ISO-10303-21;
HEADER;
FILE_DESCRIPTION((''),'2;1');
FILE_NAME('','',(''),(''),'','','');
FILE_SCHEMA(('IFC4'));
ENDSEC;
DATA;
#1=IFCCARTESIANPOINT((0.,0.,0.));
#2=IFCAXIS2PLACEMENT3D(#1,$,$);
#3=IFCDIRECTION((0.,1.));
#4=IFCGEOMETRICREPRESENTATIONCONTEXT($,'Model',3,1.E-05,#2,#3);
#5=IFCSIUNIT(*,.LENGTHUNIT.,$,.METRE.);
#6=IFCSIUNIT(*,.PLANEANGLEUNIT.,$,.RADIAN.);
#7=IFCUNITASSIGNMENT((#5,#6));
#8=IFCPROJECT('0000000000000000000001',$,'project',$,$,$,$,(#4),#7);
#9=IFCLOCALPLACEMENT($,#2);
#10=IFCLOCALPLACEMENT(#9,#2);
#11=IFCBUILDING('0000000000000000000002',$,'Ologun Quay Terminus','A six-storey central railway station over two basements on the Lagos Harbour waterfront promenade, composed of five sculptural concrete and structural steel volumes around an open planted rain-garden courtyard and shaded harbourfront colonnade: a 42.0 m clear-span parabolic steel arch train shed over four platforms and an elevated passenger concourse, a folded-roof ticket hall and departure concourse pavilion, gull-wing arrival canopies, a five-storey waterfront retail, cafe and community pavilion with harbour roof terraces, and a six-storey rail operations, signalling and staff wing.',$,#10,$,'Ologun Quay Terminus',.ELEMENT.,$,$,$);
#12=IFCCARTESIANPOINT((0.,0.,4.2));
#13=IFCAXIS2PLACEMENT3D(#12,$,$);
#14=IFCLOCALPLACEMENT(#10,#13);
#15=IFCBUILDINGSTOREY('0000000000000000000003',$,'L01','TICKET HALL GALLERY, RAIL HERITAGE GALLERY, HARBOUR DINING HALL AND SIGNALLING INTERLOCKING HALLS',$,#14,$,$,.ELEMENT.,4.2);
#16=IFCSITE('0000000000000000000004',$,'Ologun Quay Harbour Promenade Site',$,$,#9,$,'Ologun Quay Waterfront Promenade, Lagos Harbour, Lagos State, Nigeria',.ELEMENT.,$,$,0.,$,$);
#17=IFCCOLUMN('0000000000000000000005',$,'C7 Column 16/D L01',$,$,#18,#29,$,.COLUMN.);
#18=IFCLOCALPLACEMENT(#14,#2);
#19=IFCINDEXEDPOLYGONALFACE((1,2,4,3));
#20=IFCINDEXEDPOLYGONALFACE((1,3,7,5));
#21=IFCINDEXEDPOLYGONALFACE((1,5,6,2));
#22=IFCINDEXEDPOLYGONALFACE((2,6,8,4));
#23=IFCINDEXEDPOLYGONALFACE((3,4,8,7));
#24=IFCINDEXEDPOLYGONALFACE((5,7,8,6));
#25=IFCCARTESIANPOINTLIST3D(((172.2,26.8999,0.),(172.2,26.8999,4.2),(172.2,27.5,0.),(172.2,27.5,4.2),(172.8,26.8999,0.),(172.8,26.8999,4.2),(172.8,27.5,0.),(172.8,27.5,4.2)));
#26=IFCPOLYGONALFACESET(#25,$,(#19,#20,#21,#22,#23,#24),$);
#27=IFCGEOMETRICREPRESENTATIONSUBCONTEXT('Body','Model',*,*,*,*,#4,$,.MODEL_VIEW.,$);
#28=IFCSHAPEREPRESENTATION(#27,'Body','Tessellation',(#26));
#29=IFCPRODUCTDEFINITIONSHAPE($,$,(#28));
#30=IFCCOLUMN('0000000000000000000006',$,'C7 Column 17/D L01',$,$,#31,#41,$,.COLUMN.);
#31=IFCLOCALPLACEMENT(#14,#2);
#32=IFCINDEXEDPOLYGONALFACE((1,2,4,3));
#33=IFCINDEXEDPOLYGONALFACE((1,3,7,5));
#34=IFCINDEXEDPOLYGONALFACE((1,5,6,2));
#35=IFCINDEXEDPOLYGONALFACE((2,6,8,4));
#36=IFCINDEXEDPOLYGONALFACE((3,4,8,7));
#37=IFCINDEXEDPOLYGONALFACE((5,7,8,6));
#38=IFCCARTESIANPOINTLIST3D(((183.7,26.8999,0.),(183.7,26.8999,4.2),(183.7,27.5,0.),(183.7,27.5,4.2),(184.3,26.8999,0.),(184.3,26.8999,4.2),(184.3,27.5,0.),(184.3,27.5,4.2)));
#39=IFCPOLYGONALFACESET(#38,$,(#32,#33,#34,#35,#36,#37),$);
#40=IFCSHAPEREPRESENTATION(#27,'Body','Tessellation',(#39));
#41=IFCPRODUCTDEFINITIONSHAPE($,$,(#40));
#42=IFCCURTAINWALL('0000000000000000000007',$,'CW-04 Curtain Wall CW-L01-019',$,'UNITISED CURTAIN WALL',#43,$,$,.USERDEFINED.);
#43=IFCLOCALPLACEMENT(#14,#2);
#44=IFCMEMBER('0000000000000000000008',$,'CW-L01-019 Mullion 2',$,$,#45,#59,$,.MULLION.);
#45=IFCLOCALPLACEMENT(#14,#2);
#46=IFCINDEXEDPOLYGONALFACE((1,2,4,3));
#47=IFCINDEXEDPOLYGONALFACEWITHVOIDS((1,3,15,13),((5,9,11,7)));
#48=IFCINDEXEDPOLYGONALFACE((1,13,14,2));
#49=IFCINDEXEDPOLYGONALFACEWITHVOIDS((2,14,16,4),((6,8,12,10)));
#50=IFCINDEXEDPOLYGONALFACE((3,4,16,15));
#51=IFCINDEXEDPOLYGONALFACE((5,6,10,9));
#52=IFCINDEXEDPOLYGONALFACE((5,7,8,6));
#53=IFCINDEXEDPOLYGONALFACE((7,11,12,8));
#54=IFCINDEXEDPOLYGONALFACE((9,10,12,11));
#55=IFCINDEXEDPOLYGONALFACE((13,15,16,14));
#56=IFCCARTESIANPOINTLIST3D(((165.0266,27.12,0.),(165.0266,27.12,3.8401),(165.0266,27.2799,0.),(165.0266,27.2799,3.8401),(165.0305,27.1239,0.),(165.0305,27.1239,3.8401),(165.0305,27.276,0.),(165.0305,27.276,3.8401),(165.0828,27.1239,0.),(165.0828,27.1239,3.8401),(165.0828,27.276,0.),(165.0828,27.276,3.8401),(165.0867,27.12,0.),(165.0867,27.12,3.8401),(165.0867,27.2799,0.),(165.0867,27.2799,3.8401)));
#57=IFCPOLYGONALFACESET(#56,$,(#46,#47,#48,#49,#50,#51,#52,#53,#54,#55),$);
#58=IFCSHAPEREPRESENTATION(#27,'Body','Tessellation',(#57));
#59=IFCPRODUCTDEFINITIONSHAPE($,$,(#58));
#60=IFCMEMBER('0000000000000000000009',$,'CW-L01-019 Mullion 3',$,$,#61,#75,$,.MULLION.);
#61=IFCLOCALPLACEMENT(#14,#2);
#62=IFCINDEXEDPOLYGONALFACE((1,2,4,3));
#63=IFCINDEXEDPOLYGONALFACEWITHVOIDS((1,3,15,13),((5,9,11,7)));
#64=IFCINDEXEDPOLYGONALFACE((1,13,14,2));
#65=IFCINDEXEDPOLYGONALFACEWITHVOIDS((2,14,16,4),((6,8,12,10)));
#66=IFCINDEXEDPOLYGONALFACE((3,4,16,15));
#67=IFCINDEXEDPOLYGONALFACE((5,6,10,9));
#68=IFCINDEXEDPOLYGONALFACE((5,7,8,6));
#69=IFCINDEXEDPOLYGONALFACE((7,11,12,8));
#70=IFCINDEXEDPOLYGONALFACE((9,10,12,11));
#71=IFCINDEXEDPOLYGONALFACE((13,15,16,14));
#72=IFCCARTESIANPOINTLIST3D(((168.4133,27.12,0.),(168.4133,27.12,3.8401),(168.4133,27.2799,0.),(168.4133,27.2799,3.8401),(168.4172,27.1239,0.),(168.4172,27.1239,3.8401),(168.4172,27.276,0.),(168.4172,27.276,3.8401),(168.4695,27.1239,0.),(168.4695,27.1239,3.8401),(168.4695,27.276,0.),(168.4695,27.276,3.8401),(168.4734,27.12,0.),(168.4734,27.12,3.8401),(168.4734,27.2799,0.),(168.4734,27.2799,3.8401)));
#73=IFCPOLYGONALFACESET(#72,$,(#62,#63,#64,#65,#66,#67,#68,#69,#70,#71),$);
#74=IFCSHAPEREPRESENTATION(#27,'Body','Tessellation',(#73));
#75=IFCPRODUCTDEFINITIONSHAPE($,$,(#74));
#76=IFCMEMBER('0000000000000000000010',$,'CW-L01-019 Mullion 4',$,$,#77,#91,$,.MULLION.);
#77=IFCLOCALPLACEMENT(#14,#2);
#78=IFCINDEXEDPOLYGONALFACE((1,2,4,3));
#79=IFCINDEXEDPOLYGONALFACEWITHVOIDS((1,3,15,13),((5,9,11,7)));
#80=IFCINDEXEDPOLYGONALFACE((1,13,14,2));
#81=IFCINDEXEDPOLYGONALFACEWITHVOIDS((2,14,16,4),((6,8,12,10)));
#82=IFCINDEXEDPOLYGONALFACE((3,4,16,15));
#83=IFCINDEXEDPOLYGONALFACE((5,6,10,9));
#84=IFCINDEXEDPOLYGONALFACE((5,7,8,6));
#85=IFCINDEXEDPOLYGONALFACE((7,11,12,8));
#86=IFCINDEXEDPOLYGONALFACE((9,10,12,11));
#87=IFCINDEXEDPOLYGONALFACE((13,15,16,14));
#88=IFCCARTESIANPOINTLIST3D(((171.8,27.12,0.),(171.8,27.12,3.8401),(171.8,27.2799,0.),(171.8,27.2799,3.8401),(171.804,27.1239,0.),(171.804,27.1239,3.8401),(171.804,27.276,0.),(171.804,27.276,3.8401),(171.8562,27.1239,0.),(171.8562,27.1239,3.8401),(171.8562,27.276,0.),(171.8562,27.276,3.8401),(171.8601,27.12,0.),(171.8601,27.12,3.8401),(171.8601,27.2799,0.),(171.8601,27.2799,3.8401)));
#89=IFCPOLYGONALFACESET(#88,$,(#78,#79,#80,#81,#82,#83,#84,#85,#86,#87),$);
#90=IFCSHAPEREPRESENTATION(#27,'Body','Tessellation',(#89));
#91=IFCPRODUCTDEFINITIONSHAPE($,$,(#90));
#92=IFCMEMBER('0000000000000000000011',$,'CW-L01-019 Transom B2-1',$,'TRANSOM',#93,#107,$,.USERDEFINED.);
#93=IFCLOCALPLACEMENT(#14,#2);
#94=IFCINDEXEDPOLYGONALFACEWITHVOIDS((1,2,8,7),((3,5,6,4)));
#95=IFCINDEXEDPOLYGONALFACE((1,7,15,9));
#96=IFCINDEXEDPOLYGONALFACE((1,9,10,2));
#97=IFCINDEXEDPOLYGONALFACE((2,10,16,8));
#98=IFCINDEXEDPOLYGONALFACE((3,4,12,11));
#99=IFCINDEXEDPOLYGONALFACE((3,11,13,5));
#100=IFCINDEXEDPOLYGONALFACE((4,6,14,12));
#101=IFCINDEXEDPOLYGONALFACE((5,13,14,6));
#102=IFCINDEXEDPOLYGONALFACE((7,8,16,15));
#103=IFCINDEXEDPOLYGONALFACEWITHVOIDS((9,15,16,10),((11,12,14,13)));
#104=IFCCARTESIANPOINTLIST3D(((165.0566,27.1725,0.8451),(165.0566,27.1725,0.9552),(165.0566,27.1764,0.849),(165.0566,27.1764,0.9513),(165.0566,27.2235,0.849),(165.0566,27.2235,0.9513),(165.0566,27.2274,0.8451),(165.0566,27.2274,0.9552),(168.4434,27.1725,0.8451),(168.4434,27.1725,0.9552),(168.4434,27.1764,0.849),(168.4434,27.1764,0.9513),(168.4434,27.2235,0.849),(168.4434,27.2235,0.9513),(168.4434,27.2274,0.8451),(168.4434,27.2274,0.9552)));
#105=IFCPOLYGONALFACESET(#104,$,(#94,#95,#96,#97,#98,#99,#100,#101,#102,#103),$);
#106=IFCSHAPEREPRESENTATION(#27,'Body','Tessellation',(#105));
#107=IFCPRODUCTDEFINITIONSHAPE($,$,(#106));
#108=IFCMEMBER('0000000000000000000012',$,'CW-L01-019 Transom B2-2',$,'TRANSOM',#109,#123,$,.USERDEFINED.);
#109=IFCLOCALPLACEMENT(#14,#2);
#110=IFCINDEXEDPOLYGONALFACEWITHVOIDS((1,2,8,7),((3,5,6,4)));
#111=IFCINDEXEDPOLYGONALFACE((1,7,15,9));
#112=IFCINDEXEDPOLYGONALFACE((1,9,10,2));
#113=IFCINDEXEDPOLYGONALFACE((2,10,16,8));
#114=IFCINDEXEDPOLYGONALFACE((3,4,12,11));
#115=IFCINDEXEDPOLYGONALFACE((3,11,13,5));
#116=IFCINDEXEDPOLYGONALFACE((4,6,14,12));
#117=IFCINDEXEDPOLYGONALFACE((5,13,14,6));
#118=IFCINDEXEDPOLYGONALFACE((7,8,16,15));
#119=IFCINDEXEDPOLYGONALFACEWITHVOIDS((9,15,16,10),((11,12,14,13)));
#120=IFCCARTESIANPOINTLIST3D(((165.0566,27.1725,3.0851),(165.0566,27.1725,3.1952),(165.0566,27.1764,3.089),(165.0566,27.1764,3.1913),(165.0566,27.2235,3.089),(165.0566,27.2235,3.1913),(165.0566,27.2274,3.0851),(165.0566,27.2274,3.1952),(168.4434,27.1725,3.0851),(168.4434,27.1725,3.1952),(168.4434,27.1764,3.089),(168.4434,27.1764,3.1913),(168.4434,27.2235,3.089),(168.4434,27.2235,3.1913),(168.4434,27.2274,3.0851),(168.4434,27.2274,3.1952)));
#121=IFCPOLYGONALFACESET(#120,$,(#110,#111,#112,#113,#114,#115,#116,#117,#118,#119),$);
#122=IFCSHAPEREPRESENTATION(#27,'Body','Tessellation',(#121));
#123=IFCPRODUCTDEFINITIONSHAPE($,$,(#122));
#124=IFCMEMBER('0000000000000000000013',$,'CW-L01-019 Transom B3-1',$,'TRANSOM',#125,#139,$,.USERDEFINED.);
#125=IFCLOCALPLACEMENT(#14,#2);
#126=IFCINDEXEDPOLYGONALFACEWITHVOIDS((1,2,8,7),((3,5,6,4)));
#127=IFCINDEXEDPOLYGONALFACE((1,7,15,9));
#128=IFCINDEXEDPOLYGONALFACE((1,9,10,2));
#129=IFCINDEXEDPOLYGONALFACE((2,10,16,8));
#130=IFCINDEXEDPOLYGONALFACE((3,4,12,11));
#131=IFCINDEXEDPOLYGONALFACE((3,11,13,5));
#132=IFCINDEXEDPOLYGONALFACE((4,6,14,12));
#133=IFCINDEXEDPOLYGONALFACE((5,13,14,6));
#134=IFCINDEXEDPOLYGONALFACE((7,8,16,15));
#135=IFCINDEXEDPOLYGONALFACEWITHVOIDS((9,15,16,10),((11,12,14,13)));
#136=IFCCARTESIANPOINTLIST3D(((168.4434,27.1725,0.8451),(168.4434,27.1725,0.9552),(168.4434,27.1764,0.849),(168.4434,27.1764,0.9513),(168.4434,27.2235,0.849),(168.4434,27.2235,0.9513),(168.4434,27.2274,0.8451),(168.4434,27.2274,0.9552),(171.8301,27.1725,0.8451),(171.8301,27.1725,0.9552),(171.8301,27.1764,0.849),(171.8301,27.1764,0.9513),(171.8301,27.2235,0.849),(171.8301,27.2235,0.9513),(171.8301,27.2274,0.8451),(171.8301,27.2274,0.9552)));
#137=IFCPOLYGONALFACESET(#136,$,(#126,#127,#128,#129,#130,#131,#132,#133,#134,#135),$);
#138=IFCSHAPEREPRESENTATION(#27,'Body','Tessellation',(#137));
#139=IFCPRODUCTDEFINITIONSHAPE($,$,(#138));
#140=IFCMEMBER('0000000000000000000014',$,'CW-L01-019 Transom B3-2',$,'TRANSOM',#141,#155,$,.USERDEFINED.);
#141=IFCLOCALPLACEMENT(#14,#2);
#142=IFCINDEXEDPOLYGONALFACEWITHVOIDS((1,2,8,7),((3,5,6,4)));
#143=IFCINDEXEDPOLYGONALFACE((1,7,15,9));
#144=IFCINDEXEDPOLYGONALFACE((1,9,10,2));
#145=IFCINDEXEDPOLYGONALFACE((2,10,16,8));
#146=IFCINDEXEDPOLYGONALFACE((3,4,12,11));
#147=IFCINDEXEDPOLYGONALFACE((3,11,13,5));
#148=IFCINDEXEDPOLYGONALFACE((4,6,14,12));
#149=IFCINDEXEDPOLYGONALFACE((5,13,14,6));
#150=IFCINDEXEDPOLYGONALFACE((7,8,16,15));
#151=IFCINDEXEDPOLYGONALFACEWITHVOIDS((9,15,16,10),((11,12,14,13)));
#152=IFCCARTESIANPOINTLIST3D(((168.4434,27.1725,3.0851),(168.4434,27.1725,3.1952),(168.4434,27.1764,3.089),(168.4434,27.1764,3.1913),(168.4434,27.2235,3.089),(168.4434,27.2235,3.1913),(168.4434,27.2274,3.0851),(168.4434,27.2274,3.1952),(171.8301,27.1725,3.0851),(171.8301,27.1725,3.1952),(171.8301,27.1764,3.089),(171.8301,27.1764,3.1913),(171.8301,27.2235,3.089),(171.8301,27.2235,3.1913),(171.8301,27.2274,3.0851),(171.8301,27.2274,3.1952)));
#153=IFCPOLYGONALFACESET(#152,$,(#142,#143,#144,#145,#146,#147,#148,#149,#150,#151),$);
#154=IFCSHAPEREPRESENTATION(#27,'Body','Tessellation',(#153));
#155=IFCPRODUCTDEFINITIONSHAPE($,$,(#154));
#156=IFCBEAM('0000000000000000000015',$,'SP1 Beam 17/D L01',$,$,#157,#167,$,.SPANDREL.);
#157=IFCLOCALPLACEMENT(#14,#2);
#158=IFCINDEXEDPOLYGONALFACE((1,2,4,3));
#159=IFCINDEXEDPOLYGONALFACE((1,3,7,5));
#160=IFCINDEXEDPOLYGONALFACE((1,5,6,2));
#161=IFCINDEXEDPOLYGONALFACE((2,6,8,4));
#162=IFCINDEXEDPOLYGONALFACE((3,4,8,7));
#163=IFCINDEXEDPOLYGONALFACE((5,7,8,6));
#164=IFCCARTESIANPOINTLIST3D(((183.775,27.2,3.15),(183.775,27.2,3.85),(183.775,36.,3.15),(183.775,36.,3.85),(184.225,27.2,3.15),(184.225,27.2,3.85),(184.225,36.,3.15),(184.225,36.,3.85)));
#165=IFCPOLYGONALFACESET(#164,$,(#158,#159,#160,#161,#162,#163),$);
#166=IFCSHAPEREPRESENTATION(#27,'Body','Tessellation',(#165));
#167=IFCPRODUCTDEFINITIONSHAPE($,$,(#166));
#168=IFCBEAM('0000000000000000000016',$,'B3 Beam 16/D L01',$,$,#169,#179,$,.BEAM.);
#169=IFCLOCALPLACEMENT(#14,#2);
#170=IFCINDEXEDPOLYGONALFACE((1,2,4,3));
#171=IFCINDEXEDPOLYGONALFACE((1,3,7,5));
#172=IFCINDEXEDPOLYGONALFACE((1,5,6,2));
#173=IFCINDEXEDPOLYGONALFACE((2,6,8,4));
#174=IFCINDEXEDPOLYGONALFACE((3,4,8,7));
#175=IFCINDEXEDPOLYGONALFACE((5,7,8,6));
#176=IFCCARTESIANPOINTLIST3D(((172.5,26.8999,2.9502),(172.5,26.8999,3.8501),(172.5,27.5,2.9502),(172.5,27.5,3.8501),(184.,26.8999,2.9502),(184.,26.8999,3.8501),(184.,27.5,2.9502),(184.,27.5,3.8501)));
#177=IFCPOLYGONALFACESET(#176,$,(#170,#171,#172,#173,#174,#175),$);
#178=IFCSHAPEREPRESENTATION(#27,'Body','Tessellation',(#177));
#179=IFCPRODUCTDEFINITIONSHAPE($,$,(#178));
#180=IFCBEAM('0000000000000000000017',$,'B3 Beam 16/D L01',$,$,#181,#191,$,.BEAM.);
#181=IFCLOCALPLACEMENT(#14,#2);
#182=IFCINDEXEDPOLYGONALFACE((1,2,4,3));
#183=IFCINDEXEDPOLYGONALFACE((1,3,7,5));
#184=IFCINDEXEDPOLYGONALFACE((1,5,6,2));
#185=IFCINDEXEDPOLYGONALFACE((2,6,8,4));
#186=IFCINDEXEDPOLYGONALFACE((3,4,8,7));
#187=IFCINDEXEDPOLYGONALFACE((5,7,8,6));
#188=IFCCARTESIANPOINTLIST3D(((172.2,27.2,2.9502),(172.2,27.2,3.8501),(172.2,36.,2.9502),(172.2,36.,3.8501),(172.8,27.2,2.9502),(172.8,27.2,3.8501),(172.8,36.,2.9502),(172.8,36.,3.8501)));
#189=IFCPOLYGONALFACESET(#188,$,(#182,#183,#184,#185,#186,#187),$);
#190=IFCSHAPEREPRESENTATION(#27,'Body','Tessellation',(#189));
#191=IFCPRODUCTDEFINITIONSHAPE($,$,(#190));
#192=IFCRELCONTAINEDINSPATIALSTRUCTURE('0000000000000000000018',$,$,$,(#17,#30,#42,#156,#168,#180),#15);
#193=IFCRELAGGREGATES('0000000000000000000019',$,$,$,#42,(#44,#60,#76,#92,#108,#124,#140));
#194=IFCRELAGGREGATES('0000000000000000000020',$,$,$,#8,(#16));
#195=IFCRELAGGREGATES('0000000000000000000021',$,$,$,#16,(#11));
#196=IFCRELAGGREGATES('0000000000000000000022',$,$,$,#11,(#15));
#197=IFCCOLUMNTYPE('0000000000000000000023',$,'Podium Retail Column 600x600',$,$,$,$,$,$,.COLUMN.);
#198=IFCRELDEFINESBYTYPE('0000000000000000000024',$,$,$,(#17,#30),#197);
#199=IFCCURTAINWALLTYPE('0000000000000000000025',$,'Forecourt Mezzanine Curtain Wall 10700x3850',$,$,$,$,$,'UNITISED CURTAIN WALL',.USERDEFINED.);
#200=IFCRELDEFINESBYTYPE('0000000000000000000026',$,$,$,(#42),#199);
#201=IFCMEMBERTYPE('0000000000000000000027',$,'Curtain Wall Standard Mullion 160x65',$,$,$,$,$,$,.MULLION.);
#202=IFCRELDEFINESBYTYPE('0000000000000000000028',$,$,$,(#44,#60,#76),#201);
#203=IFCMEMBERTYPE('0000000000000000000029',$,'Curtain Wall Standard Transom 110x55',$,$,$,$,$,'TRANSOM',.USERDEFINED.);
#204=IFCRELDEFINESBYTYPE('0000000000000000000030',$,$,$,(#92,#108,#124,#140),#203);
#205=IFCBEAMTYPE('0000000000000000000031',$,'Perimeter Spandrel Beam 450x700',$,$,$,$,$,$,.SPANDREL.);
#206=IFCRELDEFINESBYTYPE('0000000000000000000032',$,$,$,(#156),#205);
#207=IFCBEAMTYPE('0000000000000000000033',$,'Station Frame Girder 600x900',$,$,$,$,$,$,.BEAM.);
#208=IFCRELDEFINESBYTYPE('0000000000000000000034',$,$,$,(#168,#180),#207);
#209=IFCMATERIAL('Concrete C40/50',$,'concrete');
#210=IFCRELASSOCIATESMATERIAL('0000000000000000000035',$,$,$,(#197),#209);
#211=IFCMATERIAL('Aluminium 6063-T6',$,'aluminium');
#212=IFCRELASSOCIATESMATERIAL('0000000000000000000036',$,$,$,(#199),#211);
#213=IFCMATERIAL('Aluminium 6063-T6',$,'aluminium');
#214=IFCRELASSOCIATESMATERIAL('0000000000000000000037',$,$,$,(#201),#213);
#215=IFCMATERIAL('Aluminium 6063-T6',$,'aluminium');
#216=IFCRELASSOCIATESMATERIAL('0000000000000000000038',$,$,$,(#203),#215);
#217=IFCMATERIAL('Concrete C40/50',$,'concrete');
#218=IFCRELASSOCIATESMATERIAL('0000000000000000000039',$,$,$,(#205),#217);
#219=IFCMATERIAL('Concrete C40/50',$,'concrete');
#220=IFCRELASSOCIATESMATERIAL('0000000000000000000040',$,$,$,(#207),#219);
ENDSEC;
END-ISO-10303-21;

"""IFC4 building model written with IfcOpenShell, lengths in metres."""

from ifc_helpers import new_model, si_unit, direction, frame, origin, origin_2d, place, context, subcontext, project, spatial, rectangle, hollow_rectangle, extrude, material, material_profile, profile_set, type_object, element, aggregate, save


model = new_model("IFC4")

# Units and contexts
model_context = context("Model", 3, precision=1e-05, world=origin(), true_north=direction((0.0, 1.0)))
body_context = subcontext(model_context, "Body", "Model", "MODEL_VIEW")
ifc_project = project(units=[si_unit("LENGTHUNIT", "METRE"), si_unit("PLANEANGLEUNIT", "RADIAN")], contexts=[model_context])

# Site, building, storey
site_placement = place(None, origin())
site = spatial("IfcSite", under=ifc_project, at=site_placement, Name="Ologun Quay Harbour Promenade Site", LongName="Ologun Quay Waterfront Promenade, Lagos Harbour, Lagos State, Nigeria", CompositionType="ELEMENT", RefElevation=0.0)
building_placement = place(site_placement, origin())
building = spatial("IfcBuilding", under=site, at=building_placement, Name="Ologun Quay Terminus", Description="A six-storey central railway station over two basements on the Lagos Harbour waterfront promenade, composed of five sculptural concrete and structural steel volumes around an open planted rain-garden courtyard and shaded harbourfront colonnade: a 42.0 m clear-span parabolic steel arch train shed over four platforms and an elevated passenger concourse, a folded-roof ticket hall and departure concourse pavilion, gull-wing arrival canopies, a five-storey waterfront retail, cafe and community pavilion with harbour roof terraces, and a six-storey rail operations, signalling and staff wing.", LongName="Ologun Quay Terminus", CompositionType="ELEMENT")
storey_placement = place(building_placement, frame((0.0, 0.0, 4.2)))
storey = spatial("IfcBuildingStorey", under=building, at=storey_placement, Name="L01", Description="TICKET HALL GALLERY, RAIL HERITAGE GALLERY, HARBOUR DINING HALL AND SIGNALLING INTERLOCKING HALLS", CompositionType="ELEMENT", Elevation=4.2)

# Columns
ifc_material_1 = material(Name="Concrete C40/50", Category="concrete")
ifc_material_profile_1 = material_profile(ifc_material_1, rectangle(XDim=0.6001, YDim=0.6001, at=origin_2d()), Name="RC 600x600")
ifc_profile_set_1 = profile_set([ifc_material_profile_1], Name="Concrete C40/50")
column_type = type_object("IfcColumnType", Name="Podium Retail Column 600x600", PredefinedType="COLUMN", material=ifc_profile_set_1)
for number, where, z_axis, x_axis, name in (
    (1, (172.5, 27.2, 0.0), (0.0, 0.0, 1.0), (1.0, 0.0, 0.0), "C7 Column 16/D L01"),
    (2, (184.0, 27.2, 0.0), (0.0, 0.0, 1.0), (1.0, 0.0, 0.0), "C7 Column 17/D L01"),
):
    element("IfcColumn", number, at=place(storey_placement, frame(where, z_axis=z_axis, x_axis=x_axis)), inside=storey, type_object=column_type, Name=name, PredefinedType="COLUMN", context=body_context, shape_type="SweptSolid", body=[
        extrude(rectangle(XDim=0.6001, YDim=0.6001, at=origin_2d()), origin(), (0.0, 0.0, 1.0), 4.2),
    ])

# Curtain wall, members
ifc_material_2 = material(Name="Aluminium 6063-T6", Category="aluminium")
curtain_wall_type = type_object("IfcCurtainWallType", Name="Forecourt Mezzanine Curtain Wall 10700x3850", ElementType="UNITISED CURTAIN WALL", PredefinedType="USERDEFINED", material=ifc_material_2)
curtain_wall_placement = place(storey_placement, origin())
curtain_wall = element("IfcCurtainWall", 3, at=curtain_wall_placement, inside=storey, type_object=curtain_wall_type, Name="CW-04 Curtain Wall CW-L01-019", ObjectType="UNITISED CURTAIN WALL", PredefinedType="USERDEFINED")
ifc_material_3 = material(Name="Aluminium 6063-T6", Category="aluminium")
ifc_material_profile_2 = material_profile(ifc_material_3, hollow_rectangle(XDim=0.0601, YDim=0.1599, WallThickness=0.0039, at=origin_2d()), Name="ALU 160x60x4")
ifc_profile_set_2 = profile_set([ifc_material_profile_2], Name="Aluminium 6063-T6")
member_type_1 = type_object("IfcMemberType", Name="Curtain Wall Standard Mullion 160x65", PredefinedType="MULLION", material=ifc_profile_set_2)
member_1_placement = place(storey_placement, frame((165.0566, 27.2, 0.0), z_axis=(0.0, 0.0, 1.0), x_axis=(1.0, 0.0, 0.0)))
member_1 = element("IfcMember", 4, at=member_1_placement, type_object=member_type_1, Name="CW-L01-019 Mullion 2", PredefinedType="MULLION", context=body_context, shape_type="SweptSolid", body=[
    extrude(hollow_rectangle(XDim=0.0601, YDim=0.1599, WallThickness=0.0039, at=origin_2d()), origin(), (0.0, 0.0, 1.0), 3.8401),
])
member_2_placement = place(storey_placement, frame((168.4434, 27.2, 0.0), z_axis=(0.0, 0.0, 1.0), x_axis=(1.0, 0.0, 0.0)))
member_2 = element("IfcMember", 5, at=member_2_placement, type_object=member_type_1, Name="CW-L01-019 Mullion 3", PredefinedType="MULLION", context=body_context, shape_type="SweptSolid", body=[
    extrude(hollow_rectangle(XDim=0.0601, YDim=0.1599, WallThickness=0.0039, at=origin_2d()), origin(), (0.0, 0.0, 1.0), 3.8401),
])
member_3_placement = place(storey_placement, frame((171.8301, 27.2, 0.0), z_axis=(0.0, 0.0, 1.0), x_axis=(1.0, 0.0, 0.0)))
member_3 = element("IfcMember", 6, at=member_3_placement, type_object=member_type_1, Name="CW-L01-019 Mullion 4", PredefinedType="MULLION", context=body_context, shape_type="SweptSolid", body=[
    extrude(hollow_rectangle(XDim=0.0601, YDim=0.1599, WallThickness=0.0039, at=origin_2d()), origin(), (0.0, 0.0, 1.0), 3.8401),
])
ifc_material_4 = material(Name="Aluminium 6063-T6", Category="aluminium")
ifc_material_profile_3 = material_profile(ifc_material_4, hollow_rectangle(XDim=0.0549, YDim=0.1101, WallThickness=0.0039, at=origin_2d()), Name="ALU 110x55x4")
ifc_profile_set_3 = profile_set([ifc_material_profile_3], Name="Aluminium 6063-T6")
member_type_2 = type_object("IfcMemberType", Name="Curtain Wall Standard Transom 110x55", ElementType="TRANSOM", PredefinedType="USERDEFINED", material=ifc_profile_set_3)
member_4_placement = place(storey_placement, frame((165.0566, 27.2, 0.9001), z_axis=(1.0, 0.0, 0.0), x_axis=(0.0, 1.0, 0.0)))
member_4 = element("IfcMember", 7, at=member_4_placement, type_object=member_type_2, Name="CW-L01-019 Transom B2-1", ObjectType="TRANSOM", PredefinedType="USERDEFINED", context=body_context, shape_type="SweptSolid", body=[
    extrude(hollow_rectangle(XDim=0.0549, YDim=0.1101, WallThickness=0.0039, at=origin_2d()), origin(), (0.0, 0.0, 1.0), 3.3867),
])
member_5_placement = place(storey_placement, frame((165.0566, 27.2, 3.1401), z_axis=(1.0, 0.0, 0.0), x_axis=(0.0, 1.0, 0.0)))
member_5 = element("IfcMember", 8, at=member_5_placement, type_object=member_type_2, Name="CW-L01-019 Transom B2-2", ObjectType="TRANSOM", PredefinedType="USERDEFINED", context=body_context, shape_type="SweptSolid", body=[
    extrude(hollow_rectangle(XDim=0.0549, YDim=0.1101, WallThickness=0.0039, at=origin_2d()), origin(), (0.0, 0.0, 1.0), 3.3867),
])
member_6_placement = place(storey_placement, frame((168.4434, 27.2, 0.9001), z_axis=(1.0, 0.0, 0.0), x_axis=(0.0, 1.0, 0.0)))
member_6 = element("IfcMember", 9, at=member_6_placement, type_object=member_type_2, Name="CW-L01-019 Transom B3-1", ObjectType="TRANSOM", PredefinedType="USERDEFINED", context=body_context, shape_type="SweptSolid", body=[
    extrude(hollow_rectangle(XDim=0.0549, YDim=0.1101, WallThickness=0.0039, at=origin_2d()), origin(), (0.0, 0.0, 1.0), 3.3867),
])
member_7_placement = place(storey_placement, frame((168.4434, 27.2, 3.1401), z_axis=(1.0, 0.0, 0.0), x_axis=(0.0, 1.0, 0.0)))
member_7 = element("IfcMember", 10, at=member_7_placement, type_object=member_type_2, Name="CW-L01-019 Transom B3-2", ObjectType="TRANSOM", PredefinedType="USERDEFINED", context=body_context, shape_type="SweptSolid", body=[
    extrude(hollow_rectangle(XDim=0.0549, YDim=0.1101, WallThickness=0.0039, at=origin_2d()), origin(), (0.0, 0.0, 1.0), 3.3867),
])

# Beams
ifc_material_5 = material(Name="Concrete C40/50", Category="concrete")
ifc_material_profile_4 = material_profile(ifc_material_5, rectangle(XDim=0.45, YDim=0.7, at=origin_2d()), Name="RC 450x700")
ifc_profile_set_4 = profile_set([ifc_material_profile_4], Name="Concrete C40/50")
beam_type_1 = type_object("IfcBeamType", Name="Perimeter Spandrel Beam 450x700", PredefinedType="SPANDREL", material=ifc_profile_set_4)
beam_1_placement = place(storey_placement, frame((184.0, 27.2, 3.5), z_axis=(0.0, 1.0, 0.0), x_axis=(-1.0, 0.0, 0.0)))
element("IfcBeam", 11, at=beam_1_placement, inside=storey, type_object=beam_type_1, Name="SP1 Beam 17/D L01", PredefinedType="SPANDREL", context=body_context, shape_type="SweptSolid", body=[
    extrude(rectangle(XDim=0.45, YDim=0.7, at=origin_2d()), origin(), (0.0, 0.0, 1.0), 8.8),
])
ifc_material_6 = material(Name="Concrete C40/50", Category="concrete")
ifc_material_profile_5 = material_profile(ifc_material_6, rectangle(XDim=0.6001, YDim=0.8999, at=origin_2d()), Name="RC 600x900")
ifc_profile_set_5 = profile_set([ifc_material_profile_5], Name="Concrete C40/50")
beam_type_2 = type_object("IfcBeamType", Name="Station Frame Girder 600x900", PredefinedType="BEAM", material=ifc_profile_set_5)
beam_2_placement = place(storey_placement, frame((172.5, 27.2, 3.4001), z_axis=(1.0, 0.0, 0.0), x_axis=(0.0, 1.0, 0.0)))
element("IfcBeam", 12, at=beam_2_placement, inside=storey, type_object=beam_type_2, Name="B3 Beam 16/D L01", PredefinedType="BEAM", context=body_context, shape_type="SweptSolid", body=[
    extrude(rectangle(XDim=0.6001, YDim=0.8999, at=origin_2d()), origin(), (0.0, 0.0, 1.0), 11.5),
])
beam_3_placement = place(storey_placement, frame((172.5, 27.2, 3.4001), z_axis=(0.0, 1.0, 0.0), x_axis=(-1.0, 0.0, 0.0)))
element("IfcBeam", 13, at=beam_3_placement, inside=storey, type_object=beam_type_2, Name="B3 Beam 16/D L01", PredefinedType="BEAM", context=body_context, shape_type="SweptSolid", body=[
    extrude(rectangle(XDim=0.6001, YDim=0.8999, at=origin_2d()), origin(), (0.0, 0.0, 1.0), 8.8),
])

aggregate(curtain_wall, [member_1, member_2, member_3, member_4, member_5, member_6, member_7])

save(model, "model.ifc")
